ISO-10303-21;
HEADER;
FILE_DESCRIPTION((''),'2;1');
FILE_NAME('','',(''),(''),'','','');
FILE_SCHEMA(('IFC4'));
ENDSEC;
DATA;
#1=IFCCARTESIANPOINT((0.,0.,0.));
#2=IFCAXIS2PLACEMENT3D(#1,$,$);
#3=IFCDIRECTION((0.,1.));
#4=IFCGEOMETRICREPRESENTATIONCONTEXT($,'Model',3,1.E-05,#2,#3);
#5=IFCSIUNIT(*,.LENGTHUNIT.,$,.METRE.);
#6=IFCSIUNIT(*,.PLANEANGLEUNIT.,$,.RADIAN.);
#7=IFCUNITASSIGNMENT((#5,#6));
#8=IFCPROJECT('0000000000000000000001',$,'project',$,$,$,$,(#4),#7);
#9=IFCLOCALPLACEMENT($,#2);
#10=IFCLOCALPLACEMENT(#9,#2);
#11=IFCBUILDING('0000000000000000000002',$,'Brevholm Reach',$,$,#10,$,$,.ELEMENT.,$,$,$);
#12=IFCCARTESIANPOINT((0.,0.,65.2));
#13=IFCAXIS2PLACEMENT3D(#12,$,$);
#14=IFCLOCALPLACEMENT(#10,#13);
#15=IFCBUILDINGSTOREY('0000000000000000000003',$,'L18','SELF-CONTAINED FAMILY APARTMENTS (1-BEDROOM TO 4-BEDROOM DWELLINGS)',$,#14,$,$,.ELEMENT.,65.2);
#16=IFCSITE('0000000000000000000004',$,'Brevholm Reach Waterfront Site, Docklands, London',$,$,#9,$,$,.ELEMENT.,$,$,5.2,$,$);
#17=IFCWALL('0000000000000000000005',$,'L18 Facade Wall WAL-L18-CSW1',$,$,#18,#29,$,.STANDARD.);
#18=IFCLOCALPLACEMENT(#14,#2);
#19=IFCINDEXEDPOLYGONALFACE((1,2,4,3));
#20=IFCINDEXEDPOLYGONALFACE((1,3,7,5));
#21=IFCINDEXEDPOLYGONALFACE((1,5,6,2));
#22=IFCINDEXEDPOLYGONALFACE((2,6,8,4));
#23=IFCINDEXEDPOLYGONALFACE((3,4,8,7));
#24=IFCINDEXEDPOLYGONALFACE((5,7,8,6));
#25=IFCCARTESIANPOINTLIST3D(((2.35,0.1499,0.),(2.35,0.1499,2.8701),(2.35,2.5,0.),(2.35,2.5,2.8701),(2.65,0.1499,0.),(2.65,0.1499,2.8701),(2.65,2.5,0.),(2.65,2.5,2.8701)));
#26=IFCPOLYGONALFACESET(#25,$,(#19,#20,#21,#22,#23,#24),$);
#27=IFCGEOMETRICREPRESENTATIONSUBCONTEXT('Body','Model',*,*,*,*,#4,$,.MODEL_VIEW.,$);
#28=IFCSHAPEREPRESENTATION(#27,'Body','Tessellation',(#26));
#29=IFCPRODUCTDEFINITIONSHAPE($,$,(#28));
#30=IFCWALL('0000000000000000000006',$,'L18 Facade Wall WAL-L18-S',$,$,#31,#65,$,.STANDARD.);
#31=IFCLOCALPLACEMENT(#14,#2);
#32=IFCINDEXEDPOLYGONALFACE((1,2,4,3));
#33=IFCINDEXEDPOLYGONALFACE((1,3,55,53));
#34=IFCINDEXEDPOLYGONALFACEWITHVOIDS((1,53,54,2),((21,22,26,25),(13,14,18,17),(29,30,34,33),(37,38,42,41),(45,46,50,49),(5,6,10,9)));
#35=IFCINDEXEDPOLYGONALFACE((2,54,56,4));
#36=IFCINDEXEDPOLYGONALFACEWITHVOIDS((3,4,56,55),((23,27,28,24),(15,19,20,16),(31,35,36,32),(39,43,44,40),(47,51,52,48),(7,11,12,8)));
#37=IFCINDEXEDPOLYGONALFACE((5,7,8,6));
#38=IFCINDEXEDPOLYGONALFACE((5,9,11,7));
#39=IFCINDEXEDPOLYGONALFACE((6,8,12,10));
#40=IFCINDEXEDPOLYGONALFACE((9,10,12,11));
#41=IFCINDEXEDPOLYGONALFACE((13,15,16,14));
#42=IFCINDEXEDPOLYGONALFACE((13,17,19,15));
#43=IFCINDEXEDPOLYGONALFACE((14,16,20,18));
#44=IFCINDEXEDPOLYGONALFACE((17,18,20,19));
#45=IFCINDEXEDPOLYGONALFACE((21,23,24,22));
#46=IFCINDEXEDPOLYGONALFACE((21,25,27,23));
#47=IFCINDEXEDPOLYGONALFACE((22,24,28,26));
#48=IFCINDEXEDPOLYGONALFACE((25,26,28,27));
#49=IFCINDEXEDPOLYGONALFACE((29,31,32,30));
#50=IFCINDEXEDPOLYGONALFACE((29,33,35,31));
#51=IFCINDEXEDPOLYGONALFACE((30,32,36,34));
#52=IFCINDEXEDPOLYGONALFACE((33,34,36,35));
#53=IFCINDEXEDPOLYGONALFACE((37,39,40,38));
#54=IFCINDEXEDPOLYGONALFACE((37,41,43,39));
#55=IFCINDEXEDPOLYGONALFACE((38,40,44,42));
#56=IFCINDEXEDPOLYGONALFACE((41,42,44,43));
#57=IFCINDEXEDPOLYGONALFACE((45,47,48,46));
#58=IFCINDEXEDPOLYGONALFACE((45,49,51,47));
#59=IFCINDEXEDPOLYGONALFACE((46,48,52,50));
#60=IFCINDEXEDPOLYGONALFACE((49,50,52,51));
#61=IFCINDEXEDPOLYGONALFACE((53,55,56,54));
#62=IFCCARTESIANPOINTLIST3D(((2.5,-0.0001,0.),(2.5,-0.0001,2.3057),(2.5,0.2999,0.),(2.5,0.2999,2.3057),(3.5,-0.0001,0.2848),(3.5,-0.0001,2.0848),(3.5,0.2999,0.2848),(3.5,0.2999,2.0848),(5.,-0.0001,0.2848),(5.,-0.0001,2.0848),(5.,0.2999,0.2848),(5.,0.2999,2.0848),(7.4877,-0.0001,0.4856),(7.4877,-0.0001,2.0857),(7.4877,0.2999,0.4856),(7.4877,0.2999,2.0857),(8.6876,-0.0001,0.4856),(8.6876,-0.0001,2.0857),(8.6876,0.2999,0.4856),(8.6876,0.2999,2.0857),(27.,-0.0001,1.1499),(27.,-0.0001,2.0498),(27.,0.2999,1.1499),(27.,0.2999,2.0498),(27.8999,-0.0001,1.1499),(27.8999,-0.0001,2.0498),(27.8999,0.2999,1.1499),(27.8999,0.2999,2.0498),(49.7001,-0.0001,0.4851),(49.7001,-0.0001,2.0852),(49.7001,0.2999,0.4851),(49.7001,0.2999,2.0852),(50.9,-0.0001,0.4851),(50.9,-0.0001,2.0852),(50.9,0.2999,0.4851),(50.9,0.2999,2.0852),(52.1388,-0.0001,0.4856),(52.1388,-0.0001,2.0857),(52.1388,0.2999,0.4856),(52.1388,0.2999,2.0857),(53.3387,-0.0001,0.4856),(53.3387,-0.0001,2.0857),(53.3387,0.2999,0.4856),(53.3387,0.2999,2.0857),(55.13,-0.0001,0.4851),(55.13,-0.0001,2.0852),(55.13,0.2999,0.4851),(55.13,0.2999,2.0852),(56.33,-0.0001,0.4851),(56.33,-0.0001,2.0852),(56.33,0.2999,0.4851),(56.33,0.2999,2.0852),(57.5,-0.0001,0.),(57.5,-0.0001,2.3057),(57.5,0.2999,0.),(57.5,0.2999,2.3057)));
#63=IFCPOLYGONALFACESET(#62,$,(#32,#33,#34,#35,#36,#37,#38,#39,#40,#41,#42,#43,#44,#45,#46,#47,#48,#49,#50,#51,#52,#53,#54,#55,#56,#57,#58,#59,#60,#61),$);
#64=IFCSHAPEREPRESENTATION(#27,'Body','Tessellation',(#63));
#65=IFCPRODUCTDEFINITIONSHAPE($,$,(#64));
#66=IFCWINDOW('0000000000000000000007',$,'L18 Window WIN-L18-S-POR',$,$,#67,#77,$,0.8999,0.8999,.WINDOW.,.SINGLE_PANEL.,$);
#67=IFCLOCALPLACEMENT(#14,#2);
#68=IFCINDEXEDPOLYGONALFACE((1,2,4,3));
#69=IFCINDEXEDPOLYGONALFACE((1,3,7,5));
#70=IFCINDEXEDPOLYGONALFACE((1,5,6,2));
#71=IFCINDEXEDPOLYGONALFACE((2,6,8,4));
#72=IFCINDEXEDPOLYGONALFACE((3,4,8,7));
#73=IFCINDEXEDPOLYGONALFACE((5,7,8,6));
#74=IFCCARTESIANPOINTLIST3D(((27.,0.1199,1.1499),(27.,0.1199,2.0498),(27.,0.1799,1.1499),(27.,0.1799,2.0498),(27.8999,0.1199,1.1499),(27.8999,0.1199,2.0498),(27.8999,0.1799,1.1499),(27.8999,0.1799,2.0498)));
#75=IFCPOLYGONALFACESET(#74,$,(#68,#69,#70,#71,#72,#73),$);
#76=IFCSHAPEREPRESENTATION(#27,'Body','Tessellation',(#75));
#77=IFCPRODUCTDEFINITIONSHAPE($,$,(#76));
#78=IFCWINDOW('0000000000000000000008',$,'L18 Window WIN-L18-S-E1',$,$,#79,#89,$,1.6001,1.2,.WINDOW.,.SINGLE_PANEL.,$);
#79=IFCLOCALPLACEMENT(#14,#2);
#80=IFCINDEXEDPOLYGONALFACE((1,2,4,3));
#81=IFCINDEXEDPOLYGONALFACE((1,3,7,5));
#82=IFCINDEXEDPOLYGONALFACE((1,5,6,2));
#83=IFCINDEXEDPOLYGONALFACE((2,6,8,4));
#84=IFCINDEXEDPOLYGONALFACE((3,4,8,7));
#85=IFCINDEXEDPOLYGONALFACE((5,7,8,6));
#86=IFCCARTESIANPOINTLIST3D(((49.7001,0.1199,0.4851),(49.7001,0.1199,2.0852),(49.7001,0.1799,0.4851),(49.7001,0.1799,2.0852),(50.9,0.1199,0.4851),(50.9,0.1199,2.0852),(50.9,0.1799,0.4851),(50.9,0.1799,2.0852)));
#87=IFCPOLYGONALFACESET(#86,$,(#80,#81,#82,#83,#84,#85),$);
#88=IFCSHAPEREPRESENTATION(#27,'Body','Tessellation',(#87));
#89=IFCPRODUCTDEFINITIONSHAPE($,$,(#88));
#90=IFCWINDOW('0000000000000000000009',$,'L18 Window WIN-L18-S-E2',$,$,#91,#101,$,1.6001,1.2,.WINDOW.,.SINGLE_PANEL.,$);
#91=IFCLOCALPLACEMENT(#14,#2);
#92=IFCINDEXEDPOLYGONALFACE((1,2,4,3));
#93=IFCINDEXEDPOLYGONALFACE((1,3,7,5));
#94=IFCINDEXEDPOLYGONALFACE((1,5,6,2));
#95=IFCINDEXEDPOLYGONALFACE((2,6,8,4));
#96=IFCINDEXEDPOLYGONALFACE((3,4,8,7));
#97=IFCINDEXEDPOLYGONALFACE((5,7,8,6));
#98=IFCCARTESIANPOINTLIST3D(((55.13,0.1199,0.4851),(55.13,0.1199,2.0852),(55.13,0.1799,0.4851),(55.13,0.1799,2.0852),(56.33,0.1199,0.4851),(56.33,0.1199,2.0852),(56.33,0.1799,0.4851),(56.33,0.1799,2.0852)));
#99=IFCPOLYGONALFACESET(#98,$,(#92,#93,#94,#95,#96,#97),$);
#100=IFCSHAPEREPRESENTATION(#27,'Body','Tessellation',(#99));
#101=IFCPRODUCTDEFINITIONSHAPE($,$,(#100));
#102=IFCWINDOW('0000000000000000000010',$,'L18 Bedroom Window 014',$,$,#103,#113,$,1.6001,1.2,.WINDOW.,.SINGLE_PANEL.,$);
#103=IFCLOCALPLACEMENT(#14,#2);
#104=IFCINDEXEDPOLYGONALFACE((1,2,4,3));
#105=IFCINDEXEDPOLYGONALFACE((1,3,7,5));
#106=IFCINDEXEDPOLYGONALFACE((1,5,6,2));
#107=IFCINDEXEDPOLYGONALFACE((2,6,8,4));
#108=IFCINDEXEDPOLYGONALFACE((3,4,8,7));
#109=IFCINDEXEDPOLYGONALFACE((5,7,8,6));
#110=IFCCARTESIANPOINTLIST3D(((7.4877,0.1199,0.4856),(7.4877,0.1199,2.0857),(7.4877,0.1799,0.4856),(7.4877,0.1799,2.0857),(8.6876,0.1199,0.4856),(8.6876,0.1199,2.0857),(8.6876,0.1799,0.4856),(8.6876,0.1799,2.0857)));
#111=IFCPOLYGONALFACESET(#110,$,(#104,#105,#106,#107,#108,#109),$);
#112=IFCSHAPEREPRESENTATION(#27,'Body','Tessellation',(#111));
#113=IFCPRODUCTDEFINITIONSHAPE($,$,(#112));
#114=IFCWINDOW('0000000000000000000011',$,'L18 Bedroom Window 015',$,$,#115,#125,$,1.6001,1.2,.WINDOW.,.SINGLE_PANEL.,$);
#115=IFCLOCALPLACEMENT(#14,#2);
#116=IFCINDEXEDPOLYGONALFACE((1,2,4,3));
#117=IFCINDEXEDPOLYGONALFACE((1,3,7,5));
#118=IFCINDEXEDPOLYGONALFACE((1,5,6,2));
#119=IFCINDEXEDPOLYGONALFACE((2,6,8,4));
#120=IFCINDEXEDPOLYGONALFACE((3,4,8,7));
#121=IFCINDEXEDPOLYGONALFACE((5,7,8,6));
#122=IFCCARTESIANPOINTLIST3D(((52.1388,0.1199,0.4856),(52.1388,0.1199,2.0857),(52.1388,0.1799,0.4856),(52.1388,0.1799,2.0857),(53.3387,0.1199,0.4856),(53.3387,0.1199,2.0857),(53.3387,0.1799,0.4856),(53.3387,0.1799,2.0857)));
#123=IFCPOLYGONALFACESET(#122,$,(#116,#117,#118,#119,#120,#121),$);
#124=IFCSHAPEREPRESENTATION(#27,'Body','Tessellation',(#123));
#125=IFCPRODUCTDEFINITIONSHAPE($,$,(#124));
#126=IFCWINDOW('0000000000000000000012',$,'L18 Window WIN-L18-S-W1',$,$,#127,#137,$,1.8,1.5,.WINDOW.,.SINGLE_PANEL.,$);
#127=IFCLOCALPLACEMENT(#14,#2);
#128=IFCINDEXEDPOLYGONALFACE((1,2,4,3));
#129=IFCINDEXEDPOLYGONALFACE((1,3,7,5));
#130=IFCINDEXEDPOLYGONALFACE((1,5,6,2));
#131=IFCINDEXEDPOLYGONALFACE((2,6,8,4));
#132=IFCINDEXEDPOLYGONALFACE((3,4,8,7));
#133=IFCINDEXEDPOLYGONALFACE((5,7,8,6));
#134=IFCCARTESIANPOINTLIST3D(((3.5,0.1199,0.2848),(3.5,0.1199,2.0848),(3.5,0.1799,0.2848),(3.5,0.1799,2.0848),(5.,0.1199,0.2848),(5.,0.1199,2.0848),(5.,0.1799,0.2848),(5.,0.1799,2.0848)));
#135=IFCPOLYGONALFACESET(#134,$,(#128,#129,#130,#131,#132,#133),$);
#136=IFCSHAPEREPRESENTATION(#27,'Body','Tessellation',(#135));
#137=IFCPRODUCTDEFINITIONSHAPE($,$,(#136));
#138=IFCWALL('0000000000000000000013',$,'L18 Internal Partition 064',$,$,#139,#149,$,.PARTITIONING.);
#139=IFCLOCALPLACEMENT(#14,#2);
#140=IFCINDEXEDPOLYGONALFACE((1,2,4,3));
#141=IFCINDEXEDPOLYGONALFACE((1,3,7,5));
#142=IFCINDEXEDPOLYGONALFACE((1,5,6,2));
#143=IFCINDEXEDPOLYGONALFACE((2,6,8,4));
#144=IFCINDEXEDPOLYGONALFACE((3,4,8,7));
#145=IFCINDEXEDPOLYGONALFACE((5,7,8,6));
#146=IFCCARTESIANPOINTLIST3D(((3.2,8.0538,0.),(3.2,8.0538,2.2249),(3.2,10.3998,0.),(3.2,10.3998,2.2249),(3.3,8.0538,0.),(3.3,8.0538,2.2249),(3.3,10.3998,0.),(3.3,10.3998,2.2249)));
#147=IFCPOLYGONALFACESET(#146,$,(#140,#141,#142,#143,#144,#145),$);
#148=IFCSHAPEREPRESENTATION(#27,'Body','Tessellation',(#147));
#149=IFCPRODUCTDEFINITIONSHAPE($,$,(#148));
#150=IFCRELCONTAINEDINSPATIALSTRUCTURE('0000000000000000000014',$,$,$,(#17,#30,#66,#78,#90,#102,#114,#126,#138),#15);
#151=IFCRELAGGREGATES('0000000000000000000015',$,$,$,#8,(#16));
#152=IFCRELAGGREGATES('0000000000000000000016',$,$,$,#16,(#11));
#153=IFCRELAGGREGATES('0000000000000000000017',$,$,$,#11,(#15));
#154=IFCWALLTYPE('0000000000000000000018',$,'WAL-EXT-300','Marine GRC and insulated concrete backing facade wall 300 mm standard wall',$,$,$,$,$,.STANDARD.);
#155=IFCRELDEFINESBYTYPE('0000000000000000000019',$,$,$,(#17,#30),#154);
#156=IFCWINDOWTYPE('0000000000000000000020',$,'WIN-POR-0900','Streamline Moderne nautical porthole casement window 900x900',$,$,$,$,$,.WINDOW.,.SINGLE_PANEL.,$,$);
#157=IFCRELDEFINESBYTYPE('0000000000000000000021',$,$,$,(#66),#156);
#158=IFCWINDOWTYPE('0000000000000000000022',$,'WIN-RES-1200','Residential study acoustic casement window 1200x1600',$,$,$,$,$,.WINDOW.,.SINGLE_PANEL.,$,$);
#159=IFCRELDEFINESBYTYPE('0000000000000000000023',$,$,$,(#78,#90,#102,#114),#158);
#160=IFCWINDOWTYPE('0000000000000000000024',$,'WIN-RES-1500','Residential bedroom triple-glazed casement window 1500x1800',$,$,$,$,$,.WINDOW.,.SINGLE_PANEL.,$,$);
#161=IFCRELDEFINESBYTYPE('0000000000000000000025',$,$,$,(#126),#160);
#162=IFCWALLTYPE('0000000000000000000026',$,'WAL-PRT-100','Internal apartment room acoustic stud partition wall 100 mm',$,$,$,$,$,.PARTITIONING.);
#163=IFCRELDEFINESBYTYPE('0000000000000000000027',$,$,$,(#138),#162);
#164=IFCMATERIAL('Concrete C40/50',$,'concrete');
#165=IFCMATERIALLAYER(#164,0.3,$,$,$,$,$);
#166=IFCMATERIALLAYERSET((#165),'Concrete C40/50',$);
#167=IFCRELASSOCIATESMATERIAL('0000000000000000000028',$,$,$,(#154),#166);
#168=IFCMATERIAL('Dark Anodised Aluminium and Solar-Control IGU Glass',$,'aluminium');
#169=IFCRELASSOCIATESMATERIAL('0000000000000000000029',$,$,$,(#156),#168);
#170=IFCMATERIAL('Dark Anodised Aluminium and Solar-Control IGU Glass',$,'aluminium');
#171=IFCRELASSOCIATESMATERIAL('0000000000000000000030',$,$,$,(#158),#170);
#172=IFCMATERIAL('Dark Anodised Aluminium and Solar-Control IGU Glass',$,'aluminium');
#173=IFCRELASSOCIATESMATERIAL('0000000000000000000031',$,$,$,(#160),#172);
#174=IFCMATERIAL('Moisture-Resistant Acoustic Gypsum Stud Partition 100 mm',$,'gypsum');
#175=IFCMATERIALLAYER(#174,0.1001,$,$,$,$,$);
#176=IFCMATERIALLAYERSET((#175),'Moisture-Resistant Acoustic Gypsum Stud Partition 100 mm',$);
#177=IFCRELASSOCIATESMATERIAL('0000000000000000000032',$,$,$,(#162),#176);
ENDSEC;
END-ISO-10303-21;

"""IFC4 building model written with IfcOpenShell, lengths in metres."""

from ifc_helpers import new_model, si_unit, direction, frame, frame_2d, origin, place, context, subcontext, project, spatial, rectangle, extrude, material, layer, layer_set, type_object, element, fill, save


model = new_model("IFC4")

# Units and contexts
model_context = context("Model", 3, precision=1e-05, world=origin(), true_north=direction((0.0, 1.0)))
body_context = subcontext(model_context, "Body", "Model", "MODEL_VIEW")
ifc_project = project(units=[si_unit("LENGTHUNIT", "METRE"), si_unit("PLANEANGLEUNIT", "RADIAN")], contexts=[model_context])

# Site, building, storey
site_placement = place(None, origin())
site = spatial("IfcSite", under=ifc_project, at=site_placement, Name="Brevholm Reach Waterfront Site, Docklands, London", CompositionType="ELEMENT", RefElevation=5.2)
building_placement = place(site_placement, origin())
building = spatial("IfcBuilding", under=site, at=building_placement, Name="Brevholm Reach", CompositionType="ELEMENT")
storey_placement = place(building_placement, frame((0.0, 0.0, 65.2)))
storey = spatial("IfcBuildingStorey", under=building, at=storey_placement, Name="L18", Description="SELF-CONTAINED FAMILY APARTMENTS (1-BEDROOM TO 4-BEDROOM DWELLINGS)", CompositionType="ELEMENT", Elevation=65.2)

# Wall
ifc_material_1 = material(Name="Concrete C40/50", Category="concrete")
ifc_layer_1 = layer(ifc_material_1, 0.3)
ifc_layer_set_1 = layer_set([ifc_layer_1], Name="Concrete C40/50")
wall_type_1 = type_object("IfcWallType", Name="WAL-EXT-300", Description="Marine GRC and insulated concrete backing facade wall 300 mm standard wall", PredefinedType="STANDARD", material=ifc_layer_set_1)
wall_1_placement = place(storey_placement, frame((2.5, 2.5, 0.0), z_axis=(0.0, 0.0, 1.0), x_axis=(0.0, -1.0, 0.0)))
element("IfcWall", 1, at=wall_1_placement, inside=storey, type_object=wall_type_1, Name="L18 Facade Wall WAL-L18-CSW1", PredefinedType="STANDARD", context=body_context, shape_type="SweptSolid", body=[
    extrude(rectangle(XDim=2.3501, YDim=0.3, at=frame_2d((1.175, 0.0))), origin(), (0.0, 0.0, 1.0), 2.8701),
])

# Wall, openings, windows
wall_2_placement = place(storey_placement, frame((2.5, 0.1499, 0.0), z_axis=(0.0, 0.0, 1.0), x_axis=(1.0, 0.0, 0.0)))
wall_2 = element("IfcWall", 2, at=wall_2_placement, inside=storey, type_object=wall_type_1, Name="L18 Facade Wall WAL-L18-S", PredefinedType="STANDARD", context=body_context, shape_type="SweptSolid", body=[
    extrude(rectangle(XDim=55.0, YDim=0.3, at=frame_2d((27.5, 0.0))), origin(), (0.0, 0.0, 1.0), 2.3057),
])
opening_1_placement = place(wall_2_placement, frame((1.0, 0.0, 0.2849)))
opening_1 = element("IfcOpeningElement", 3, at=opening_1_placement, cuts=wall_2, PredefinedType="OPENING", context=body_context, shape_type="SweptSolid", body=[
    extrude(rectangle(XDim=1.5, YDim=1.8, at=frame_2d((0.75, 0.8999))), frame((0.0, 0.1599, 0.0), z_axis=(0.0, -1.0, 0.0), x_axis=(1.0, 0.0, 0.0)), (0.0, 0.0, 1.0), 0.3201),
])
opening_2_placement = place(wall_2_placement, frame((24.5, 0.0, 1.1499)))
opening_2 = element("IfcOpeningElement", 4, at=opening_2_placement, cuts=wall_2, PredefinedType="OPENING", context=body_context, shape_type="SweptSolid", body=[
    extrude(rectangle(XDim=0.8999, YDim=0.8999, at=frame_2d((0.45, 0.45))), frame((0.0, 0.1599, 0.0), z_axis=(0.0, -1.0, 0.0), x_axis=(1.0, 0.0, 0.0)), (0.0, 0.0, 1.0), 0.3201),
])
opening_3_placement = place(wall_2_placement, frame((47.2, 0.0, 0.4851)))
opening_3 = element("IfcOpeningElement", 5, at=opening_3_placement, cuts=wall_2, PredefinedType="OPENING", context=body_context, shape_type="SweptSolid", body=[
    extrude(rectangle(XDim=1.2, YDim=1.6001, at=frame_2d((0.6001, 0.8))), frame((0.0, 0.1599, 0.0), z_axis=(0.0, -1.0, 0.0), x_axis=(1.0, 0.0, 0.0)), (0.0, 0.0, 1.0), 0.3201),
])
opening_4_placement = place(wall_2_placement, frame((52.6299, 0.0, 0.4851)))
opening_4 = element("IfcOpeningElement", 6, at=opening_4_placement, cuts=wall_2, PredefinedType="OPENING", context=body_context, shape_type="SweptSolid", body=[
    extrude(rectangle(XDim=1.2, YDim=1.6001, at=frame_2d((0.6001, 0.8))), frame((0.0, 0.1599, 0.0), z_axis=(0.0, -1.0, 0.0), x_axis=(1.0, 0.0, 0.0)), (0.0, 0.0, 1.0), 0.3201),
])
opening_5_placement = place(wall_2_placement, frame((4.9875, 0.0, 0.4856)))
opening_5 = element("IfcOpeningElement", 7, at=opening_5_placement, cuts=wall_2, PredefinedType="OPENING", context=body_context, shape_type="SweptSolid", body=[
    extrude(rectangle(XDim=1.2, YDim=1.6001, at=frame_2d((0.6001, 0.8))), frame((0.0, 0.1599, 0.0), z_axis=(0.0, -1.0, 0.0), x_axis=(1.0, 0.0, 0.0)), (0.0, 0.0, 1.0), 0.3201),
])
opening_6_placement = place(wall_2_placement, frame((49.6387, 0.0, 0.4856)))
opening_6 = element("IfcOpeningElement", 8, at=opening_6_placement, cuts=wall_2, PredefinedType="OPENING", context=body_context, shape_type="SweptSolid", body=[
    extrude(rectangle(XDim=1.2, YDim=1.6001, at=frame_2d((0.6001, 0.8))), frame((0.0, 0.1599, 0.0), z_axis=(0.0, -1.0, 0.0), x_axis=(1.0, 0.0, 0.0)), (0.0, 0.0, 1.0), 0.3201),
])
ifc_material_2 = material(Name="Dark Anodised Aluminium and Solar-Control IGU Glass", Category="aluminium")
window_type_1 = type_object("IfcWindowType", Name="WIN-POR-0900", Description="Streamline Moderne nautical porthole casement window 900x900", PartitioningType="SINGLE_PANEL", PredefinedType="WINDOW", material=ifc_material_2)
window_1_placement = place(opening_2_placement, origin())
window_1 = element("IfcWindow", 9, at=window_1_placement, inside=storey, type_object=window_type_1, Name="L18 Window WIN-L18-S-POR", OverallHeight=0.8999, OverallWidth=0.8999, PartitioningType="SINGLE_PANEL", PredefinedType="WINDOW", context=body_context, shape_type="SweptSolid", body=[
    extrude(rectangle(XDim=0.8999, YDim=0.8999, at=frame_2d((0.45, 0.45))), frame((0.0, 0.03, 0.0), z_axis=(0.0, -1.0, 0.0), x_axis=(1.0, 0.0, 0.0)), (0.0, 0.0, 1.0), 0.0601),
])
fill(opening_2, window_1)
ifc_material_3 = material(Name="Dark Anodised Aluminium and Solar-Control IGU Glass", Category="aluminium")
window_type_2 = type_object("IfcWindowType", Name="WIN-RES-1200", Description="Residential study acoustic casement window 1200x1600", PartitioningType="SINGLE_PANEL", PredefinedType="WINDOW", material=ifc_material_3)
window_2_placement = place(opening_3_placement, origin())
window_2 = element("IfcWindow", 10, at=window_2_placement, inside=storey, type_object=window_type_2, Name="L18 Window WIN-L18-S-E1", OverallHeight=1.6001, OverallWidth=1.2, PartitioningType="SINGLE_PANEL", PredefinedType="WINDOW", context=body_context, shape_type="SweptSolid", body=[
    extrude(rectangle(XDim=1.2, YDim=1.6001, at=frame_2d((0.6001, 0.8))), frame((0.0, 0.03, 0.0), z_axis=(0.0, -1.0, 0.0), x_axis=(1.0, 0.0, 0.0)), (0.0, 0.0, 1.0), 0.0601),
])
fill(opening_3, window_2)
window_3_placement = place(opening_4_placement, origin())
window_3 = element("IfcWindow", 11, at=window_3_placement, inside=storey, type_object=window_type_2, Name="L18 Window WIN-L18-S-E2", OverallHeight=1.6001, OverallWidth=1.2, PartitioningType="SINGLE_PANEL", PredefinedType="WINDOW", context=body_context, shape_type="SweptSolid", body=[
    extrude(rectangle(XDim=1.2, YDim=1.6001, at=frame_2d((0.6001, 0.8))), frame((0.0, 0.03, 0.0), z_axis=(0.0, -1.0, 0.0), x_axis=(1.0, 0.0, 0.0)), (0.0, 0.0, 1.0), 0.0601),
])
fill(opening_4, window_3)
window_4_placement = place(opening_5_placement, origin())
window_4 = element("IfcWindow", 12, at=window_4_placement, inside=storey, type_object=window_type_2, Name="L18 Bedroom Window 014", OverallHeight=1.6001, OverallWidth=1.2, PartitioningType="SINGLE_PANEL", PredefinedType="WINDOW", context=body_context, shape_type="SweptSolid", body=[
    extrude(rectangle(XDim=1.2, YDim=1.6001, at=frame_2d((0.6001, 0.8))), frame((0.0, 0.03, 0.0), z_axis=(0.0, -1.0, 0.0), x_axis=(1.0, 0.0, 0.0)), (0.0, 0.0, 1.0), 0.0601),
])
fill(opening_5, window_4)
window_5_placement = place(opening_6_placement, origin())
window_5 = element("IfcWindow", 13, at=window_5_placement, inside=storey, type_object=window_type_2, Name="L18 Bedroom Window 015", OverallHeight=1.6001, OverallWidth=1.2, PartitioningType="SINGLE_PANEL", PredefinedType="WINDOW", context=body_context, shape_type="SweptSolid", body=[
    extrude(rectangle(XDim=1.2, YDim=1.6001, at=frame_2d((0.6001, 0.8))), frame((0.0, 0.03, 0.0), z_axis=(0.0, -1.0, 0.0), x_axis=(1.0, 0.0, 0.0)), (0.0, 0.0, 1.0), 0.0601),
])
fill(opening_6, window_5)
ifc_material_4 = material(Name="Dark Anodised Aluminium and Solar-Control IGU Glass", Category="aluminium")
window_type_3 = type_object("IfcWindowType", Name="WIN-RES-1500", Description="Residential bedroom triple-glazed casement window 1500x1800", PartitioningType="SINGLE_PANEL", PredefinedType="WINDOW", material=ifc_material_4)
window_6_placement = place(opening_1_placement, origin())
window_6 = element("IfcWindow", 14, at=window_6_placement, inside=storey, type_object=window_type_3, Name="L18 Window WIN-L18-S-W1", OverallHeight=1.8, OverallWidth=1.5, PartitioningType="SINGLE_PANEL", PredefinedType="WINDOW", context=body_context, shape_type="SweptSolid", body=[
    extrude(rectangle(XDim=1.5, YDim=1.8, at=frame_2d((0.75, 0.8999))), frame((0.0, 0.03, 0.0), z_axis=(0.0, -1.0, 0.0), x_axis=(1.0, 0.0, 0.0)), (0.0, 0.0, 1.0), 0.0601),
])
fill(opening_1, window_6)

# Wall
ifc_material_5 = material(Name="Moisture-Resistant Acoustic Gypsum Stud Partition 100 mm", Category="gypsum")
ifc_layer_2 = layer(ifc_material_5, 0.1001)
ifc_layer_set_2 = layer_set([ifc_layer_2], Name="Moisture-Resistant Acoustic Gypsum Stud Partition 100 mm")
wall_type_2 = type_object("IfcWallType", Name="WAL-PRT-100", Description="Internal apartment room acoustic stud partition wall 100 mm", PredefinedType="PARTITIONING", material=ifc_layer_set_2)
wall_3_placement = place(storey_placement, frame((3.25, 8.054, 0.0), z_axis=(0.0, 0.0, 1.0), x_axis=(0.0, 1.0, 0.0)))
element("IfcWall", 15, at=wall_3_placement, inside=storey, type_object=wall_type_2, Name="L18 Internal Partition 064", PredefinedType="PARTITIONING", context=body_context, shape_type="SweptSolid", body=[
    extrude(rectangle(XDim=2.3459, YDim=0.1001, at=frame_2d((1.1729, 0.0))), origin(), (0.0, 0.0, 1.0), 2.2249),
])

save(model, "model.ifc")
